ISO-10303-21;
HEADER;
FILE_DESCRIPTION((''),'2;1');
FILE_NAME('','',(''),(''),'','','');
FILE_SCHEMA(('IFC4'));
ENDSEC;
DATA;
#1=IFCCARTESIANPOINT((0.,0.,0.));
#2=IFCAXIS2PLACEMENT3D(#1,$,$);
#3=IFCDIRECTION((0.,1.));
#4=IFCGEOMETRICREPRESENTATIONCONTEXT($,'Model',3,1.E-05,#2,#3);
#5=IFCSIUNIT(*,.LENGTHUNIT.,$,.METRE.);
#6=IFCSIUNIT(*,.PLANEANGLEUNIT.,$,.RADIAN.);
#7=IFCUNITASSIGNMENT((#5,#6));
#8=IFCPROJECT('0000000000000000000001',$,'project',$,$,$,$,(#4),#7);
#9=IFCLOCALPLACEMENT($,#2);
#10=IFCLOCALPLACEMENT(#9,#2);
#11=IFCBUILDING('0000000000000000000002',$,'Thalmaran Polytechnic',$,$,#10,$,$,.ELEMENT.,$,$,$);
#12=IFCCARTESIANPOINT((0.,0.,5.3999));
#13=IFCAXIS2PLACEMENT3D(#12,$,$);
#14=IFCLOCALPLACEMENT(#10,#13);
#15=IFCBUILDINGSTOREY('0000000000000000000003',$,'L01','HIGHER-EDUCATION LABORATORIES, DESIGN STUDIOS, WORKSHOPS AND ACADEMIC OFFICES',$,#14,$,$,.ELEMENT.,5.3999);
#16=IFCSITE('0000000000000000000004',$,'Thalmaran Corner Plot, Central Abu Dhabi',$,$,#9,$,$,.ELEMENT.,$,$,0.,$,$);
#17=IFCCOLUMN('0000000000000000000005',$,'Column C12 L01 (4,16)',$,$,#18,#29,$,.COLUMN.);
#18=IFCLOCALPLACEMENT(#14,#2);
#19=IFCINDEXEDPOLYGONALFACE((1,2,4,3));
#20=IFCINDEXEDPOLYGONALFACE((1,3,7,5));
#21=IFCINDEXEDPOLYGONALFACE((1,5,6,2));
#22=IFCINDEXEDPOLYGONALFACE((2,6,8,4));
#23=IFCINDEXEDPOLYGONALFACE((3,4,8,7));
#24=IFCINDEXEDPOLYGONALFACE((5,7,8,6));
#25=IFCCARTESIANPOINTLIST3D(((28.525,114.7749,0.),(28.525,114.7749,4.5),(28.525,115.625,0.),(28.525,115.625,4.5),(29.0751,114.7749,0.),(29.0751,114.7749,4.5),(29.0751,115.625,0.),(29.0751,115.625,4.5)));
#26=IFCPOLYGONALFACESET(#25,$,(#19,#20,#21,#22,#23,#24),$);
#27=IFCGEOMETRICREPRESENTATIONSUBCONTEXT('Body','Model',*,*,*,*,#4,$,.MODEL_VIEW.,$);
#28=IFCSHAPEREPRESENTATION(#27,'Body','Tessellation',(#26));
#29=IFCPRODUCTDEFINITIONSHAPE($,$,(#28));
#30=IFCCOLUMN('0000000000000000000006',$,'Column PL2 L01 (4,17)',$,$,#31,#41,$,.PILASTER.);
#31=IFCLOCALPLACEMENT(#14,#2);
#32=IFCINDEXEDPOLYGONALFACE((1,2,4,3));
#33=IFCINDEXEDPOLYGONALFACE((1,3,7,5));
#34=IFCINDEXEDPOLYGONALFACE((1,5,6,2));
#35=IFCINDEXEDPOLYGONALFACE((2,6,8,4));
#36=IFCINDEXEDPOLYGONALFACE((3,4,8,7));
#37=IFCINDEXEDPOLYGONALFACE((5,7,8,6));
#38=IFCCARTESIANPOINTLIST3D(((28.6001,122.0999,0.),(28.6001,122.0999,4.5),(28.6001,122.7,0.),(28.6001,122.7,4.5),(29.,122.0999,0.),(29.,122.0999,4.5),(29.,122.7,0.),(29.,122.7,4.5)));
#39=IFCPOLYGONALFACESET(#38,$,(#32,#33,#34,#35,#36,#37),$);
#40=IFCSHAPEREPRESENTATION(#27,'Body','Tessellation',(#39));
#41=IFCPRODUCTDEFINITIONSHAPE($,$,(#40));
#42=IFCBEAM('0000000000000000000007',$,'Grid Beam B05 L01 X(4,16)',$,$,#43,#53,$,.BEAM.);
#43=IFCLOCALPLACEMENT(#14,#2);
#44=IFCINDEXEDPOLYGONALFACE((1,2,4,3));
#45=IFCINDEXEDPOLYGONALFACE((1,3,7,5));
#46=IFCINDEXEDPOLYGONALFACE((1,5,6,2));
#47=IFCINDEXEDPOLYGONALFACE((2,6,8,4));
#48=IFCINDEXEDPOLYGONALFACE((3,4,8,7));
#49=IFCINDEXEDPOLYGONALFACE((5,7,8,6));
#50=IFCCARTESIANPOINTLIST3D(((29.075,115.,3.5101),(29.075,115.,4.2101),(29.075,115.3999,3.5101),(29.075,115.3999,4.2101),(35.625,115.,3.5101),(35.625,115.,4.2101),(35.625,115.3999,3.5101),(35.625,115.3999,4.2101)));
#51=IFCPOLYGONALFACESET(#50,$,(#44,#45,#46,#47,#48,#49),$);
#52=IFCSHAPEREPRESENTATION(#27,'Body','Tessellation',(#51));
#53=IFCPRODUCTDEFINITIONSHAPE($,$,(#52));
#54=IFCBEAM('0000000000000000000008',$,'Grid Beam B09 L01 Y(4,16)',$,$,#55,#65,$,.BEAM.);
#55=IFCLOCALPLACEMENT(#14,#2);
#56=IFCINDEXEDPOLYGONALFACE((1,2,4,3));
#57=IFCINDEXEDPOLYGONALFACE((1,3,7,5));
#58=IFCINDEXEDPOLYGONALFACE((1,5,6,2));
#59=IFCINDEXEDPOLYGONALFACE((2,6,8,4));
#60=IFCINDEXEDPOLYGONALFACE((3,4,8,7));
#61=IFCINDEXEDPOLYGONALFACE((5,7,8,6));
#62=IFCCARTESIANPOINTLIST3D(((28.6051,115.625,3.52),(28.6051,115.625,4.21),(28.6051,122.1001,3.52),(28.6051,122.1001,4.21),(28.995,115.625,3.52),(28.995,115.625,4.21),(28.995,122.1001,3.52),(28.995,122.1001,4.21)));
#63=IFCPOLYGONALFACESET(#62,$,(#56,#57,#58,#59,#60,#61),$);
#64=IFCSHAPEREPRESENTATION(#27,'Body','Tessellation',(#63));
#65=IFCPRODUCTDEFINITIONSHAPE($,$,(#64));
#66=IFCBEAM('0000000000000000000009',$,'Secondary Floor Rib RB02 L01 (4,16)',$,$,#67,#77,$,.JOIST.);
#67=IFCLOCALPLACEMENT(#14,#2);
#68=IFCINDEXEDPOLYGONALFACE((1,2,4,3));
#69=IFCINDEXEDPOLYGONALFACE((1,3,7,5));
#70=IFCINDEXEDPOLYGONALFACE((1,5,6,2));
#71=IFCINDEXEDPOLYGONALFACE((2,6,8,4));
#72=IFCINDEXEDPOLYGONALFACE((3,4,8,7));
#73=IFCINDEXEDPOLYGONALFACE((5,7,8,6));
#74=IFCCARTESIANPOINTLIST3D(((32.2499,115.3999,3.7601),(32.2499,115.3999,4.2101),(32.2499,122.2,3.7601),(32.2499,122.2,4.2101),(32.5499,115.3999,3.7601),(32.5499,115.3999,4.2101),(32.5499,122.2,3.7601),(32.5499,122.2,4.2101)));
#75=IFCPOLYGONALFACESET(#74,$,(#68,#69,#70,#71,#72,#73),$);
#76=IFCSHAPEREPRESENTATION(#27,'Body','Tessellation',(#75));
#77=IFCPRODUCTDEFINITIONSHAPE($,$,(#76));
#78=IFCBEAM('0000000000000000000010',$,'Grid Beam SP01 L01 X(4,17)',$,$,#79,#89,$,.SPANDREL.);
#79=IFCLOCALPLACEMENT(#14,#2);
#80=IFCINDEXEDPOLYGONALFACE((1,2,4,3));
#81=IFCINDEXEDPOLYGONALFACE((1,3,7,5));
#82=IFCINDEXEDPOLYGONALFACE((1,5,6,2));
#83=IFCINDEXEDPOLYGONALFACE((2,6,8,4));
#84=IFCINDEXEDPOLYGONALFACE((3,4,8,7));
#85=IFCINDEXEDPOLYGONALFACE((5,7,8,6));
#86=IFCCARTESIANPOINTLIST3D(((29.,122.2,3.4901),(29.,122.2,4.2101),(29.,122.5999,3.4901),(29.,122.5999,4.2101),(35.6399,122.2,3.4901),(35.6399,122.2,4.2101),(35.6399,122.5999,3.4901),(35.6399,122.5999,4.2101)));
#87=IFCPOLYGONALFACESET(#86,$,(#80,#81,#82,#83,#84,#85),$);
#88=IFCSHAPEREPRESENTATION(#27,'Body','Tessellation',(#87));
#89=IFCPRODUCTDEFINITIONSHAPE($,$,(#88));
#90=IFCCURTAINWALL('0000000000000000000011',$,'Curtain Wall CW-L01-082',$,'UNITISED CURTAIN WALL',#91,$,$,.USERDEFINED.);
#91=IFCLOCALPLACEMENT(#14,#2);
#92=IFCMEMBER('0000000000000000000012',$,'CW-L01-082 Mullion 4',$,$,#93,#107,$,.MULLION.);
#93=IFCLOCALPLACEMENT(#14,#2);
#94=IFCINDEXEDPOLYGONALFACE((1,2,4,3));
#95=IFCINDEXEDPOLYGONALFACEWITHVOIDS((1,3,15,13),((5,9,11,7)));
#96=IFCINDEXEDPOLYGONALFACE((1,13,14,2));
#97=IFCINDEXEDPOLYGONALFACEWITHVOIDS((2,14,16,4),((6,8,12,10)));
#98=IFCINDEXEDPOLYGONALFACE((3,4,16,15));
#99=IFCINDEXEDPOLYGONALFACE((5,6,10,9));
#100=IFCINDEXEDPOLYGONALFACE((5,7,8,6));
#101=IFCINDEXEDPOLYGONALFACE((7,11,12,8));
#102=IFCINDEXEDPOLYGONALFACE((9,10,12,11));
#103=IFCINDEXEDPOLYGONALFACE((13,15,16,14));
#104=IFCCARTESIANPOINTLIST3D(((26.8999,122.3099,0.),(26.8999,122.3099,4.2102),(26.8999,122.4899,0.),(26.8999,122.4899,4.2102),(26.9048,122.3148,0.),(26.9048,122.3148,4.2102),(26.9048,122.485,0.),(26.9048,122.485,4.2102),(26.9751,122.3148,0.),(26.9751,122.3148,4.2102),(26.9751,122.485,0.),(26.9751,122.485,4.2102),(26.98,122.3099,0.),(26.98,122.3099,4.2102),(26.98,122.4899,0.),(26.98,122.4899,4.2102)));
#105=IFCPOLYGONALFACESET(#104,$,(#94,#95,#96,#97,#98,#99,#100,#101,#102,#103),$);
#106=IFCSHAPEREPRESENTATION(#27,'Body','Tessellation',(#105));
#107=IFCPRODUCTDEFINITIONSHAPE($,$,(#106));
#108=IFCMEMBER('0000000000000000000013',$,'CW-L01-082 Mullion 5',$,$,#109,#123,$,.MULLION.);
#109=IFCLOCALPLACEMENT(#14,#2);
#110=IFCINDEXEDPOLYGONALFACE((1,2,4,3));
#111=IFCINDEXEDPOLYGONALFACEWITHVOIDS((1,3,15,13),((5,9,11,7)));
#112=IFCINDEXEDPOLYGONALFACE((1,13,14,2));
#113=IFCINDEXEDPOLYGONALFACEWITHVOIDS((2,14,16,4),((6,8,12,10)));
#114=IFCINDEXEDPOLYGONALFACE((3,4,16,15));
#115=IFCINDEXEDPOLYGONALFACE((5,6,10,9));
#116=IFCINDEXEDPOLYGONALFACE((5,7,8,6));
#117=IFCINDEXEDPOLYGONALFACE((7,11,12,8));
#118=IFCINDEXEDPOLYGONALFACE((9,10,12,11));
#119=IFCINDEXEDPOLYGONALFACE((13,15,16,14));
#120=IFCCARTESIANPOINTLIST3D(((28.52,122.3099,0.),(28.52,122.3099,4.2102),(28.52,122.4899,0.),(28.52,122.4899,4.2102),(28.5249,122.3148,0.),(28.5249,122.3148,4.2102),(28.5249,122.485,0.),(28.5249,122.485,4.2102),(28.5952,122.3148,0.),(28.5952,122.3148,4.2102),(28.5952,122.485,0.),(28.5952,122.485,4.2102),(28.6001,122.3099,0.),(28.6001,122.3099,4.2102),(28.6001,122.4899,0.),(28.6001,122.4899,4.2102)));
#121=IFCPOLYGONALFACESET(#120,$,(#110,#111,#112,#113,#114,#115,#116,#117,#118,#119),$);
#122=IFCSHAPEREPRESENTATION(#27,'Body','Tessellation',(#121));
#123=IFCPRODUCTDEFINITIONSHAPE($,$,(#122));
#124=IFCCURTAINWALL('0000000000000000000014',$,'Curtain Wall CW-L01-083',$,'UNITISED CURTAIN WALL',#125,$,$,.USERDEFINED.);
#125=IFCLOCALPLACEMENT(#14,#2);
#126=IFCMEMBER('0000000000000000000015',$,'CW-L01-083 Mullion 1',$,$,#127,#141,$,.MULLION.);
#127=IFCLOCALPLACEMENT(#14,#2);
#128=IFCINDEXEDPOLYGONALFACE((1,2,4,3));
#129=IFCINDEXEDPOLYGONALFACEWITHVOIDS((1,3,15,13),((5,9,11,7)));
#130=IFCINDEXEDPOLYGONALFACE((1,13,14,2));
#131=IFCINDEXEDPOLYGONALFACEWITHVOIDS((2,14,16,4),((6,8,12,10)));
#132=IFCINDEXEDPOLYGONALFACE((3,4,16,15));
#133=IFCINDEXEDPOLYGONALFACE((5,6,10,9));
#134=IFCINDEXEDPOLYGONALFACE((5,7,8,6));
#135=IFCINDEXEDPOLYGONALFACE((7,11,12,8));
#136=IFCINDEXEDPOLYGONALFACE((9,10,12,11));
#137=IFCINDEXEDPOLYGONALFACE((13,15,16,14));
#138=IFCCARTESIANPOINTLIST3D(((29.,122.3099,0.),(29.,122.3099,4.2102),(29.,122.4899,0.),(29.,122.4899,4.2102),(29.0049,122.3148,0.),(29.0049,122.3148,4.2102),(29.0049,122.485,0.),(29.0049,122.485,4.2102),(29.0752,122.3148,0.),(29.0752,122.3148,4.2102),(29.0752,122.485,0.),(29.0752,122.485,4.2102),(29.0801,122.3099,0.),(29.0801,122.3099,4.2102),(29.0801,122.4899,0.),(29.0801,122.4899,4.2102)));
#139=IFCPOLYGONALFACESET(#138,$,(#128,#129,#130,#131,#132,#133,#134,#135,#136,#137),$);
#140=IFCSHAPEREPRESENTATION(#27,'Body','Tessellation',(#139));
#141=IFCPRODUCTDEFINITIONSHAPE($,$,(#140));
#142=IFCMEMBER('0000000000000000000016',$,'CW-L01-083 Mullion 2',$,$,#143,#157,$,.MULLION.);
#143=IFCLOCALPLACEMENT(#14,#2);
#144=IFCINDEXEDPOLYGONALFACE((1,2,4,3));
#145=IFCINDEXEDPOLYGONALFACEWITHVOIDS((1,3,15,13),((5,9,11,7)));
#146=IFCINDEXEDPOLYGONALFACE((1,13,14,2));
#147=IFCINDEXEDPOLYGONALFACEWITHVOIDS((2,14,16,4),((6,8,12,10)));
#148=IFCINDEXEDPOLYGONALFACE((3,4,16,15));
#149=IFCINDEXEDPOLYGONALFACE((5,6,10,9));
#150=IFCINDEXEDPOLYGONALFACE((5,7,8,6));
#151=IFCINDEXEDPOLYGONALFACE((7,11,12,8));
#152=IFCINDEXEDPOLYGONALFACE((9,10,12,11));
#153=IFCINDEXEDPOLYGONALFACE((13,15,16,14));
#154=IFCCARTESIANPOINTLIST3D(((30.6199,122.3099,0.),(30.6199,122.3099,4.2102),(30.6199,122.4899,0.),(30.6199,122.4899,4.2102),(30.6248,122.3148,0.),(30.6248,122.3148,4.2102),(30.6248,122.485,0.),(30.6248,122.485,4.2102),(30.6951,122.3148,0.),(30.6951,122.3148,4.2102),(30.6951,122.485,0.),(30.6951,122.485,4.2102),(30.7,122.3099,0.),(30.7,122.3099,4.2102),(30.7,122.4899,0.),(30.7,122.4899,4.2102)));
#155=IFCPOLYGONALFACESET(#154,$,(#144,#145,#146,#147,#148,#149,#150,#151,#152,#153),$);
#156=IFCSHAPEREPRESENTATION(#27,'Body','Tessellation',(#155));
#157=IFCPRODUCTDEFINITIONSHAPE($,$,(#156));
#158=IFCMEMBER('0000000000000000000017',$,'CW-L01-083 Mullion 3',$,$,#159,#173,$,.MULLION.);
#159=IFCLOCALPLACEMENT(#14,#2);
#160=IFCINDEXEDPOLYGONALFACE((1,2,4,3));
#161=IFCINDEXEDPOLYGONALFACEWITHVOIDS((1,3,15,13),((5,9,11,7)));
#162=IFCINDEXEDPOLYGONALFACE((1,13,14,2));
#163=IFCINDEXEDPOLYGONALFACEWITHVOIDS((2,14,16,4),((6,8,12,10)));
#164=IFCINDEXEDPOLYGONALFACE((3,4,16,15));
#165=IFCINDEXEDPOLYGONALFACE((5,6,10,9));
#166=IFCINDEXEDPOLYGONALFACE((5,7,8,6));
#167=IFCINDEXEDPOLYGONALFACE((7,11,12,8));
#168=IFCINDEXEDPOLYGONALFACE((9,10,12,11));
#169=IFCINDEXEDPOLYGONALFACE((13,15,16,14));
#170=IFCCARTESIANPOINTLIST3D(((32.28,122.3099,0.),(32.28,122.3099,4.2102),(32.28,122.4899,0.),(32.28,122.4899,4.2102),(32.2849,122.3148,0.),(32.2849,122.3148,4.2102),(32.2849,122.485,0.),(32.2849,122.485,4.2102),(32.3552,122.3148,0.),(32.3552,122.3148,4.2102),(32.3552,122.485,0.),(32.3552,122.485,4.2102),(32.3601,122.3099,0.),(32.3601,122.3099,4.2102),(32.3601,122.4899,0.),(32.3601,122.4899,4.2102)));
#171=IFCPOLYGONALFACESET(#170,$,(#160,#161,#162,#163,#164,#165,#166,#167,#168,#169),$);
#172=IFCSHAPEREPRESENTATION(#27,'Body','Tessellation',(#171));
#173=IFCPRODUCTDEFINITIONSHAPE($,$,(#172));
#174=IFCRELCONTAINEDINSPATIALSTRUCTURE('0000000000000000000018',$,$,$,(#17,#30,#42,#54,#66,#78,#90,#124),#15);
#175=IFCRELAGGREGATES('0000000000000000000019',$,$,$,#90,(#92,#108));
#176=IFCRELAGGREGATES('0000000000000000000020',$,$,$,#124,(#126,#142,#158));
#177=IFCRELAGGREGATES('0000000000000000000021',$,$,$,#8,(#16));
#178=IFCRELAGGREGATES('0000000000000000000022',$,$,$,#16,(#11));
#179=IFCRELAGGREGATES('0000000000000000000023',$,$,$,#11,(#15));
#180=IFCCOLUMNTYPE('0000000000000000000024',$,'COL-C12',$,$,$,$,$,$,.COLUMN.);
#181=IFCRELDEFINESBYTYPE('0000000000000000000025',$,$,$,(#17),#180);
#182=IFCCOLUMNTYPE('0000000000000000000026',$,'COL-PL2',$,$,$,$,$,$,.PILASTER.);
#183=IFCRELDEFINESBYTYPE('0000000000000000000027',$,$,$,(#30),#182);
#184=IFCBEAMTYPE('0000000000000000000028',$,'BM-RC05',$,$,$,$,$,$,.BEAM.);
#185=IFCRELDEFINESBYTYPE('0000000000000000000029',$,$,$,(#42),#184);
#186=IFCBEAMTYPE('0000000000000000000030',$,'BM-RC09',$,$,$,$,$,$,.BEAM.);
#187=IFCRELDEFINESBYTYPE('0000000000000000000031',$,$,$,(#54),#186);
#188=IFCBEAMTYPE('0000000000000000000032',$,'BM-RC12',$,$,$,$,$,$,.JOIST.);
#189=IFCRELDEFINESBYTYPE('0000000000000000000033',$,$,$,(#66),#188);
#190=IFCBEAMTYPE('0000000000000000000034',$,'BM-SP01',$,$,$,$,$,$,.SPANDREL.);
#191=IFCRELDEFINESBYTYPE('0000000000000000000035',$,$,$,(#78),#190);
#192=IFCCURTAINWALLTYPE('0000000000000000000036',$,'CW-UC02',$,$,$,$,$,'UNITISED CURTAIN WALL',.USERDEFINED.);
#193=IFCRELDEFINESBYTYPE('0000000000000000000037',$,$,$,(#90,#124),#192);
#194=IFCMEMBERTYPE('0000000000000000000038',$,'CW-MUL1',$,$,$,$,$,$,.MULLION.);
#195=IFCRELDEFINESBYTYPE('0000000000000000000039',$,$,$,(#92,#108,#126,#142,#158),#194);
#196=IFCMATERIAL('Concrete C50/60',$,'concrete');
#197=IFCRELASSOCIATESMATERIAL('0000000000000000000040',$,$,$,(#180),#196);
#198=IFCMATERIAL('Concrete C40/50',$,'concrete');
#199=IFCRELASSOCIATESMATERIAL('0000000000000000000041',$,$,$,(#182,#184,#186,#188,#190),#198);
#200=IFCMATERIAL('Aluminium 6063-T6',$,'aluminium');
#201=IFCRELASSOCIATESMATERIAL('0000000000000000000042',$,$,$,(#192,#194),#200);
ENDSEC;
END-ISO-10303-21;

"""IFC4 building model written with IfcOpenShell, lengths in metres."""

from ifc_helpers import new_model, si_unit, direction, frame, origin, origin_2d, place, context, subcontext, project, spatial, rectangle, hollow_rectangle, extrude, material, material_profile, profile_set, type_object, element, aggregate, save


model = new_model("IFC4")

# Units and contexts
model_context = context("Model", 3, precision=1e-05, world=origin(), true_north=direction((0.0, 1.0)))
body_context = subcontext(model_context, "Body", "Model", "MODEL_VIEW")
ifc_project = project(units=[si_unit("LENGTHUNIT", "METRE"), si_unit("PLANEANGLEUNIT", "RADIAN")], contexts=[model_context])

# Site, building, storey
site_placement = place(None, origin())
site = spatial("IfcSite", under=ifc_project, at=site_placement, Name="Thalmaran Corner Plot, Central Abu Dhabi", CompositionType="ELEMENT", RefElevation=0.0)
building_placement = place(site_placement, origin())
building = spatial("IfcBuilding", under=site, at=building_placement, Name="Thalmaran Polytechnic", CompositionType="ELEMENT")
storey_placement = place(building_placement, frame((0.0, 0.0, 5.3999)))
storey = spatial("IfcBuildingStorey", under=building, at=storey_placement, Name="L01", Description="HIGHER-EDUCATION LABORATORIES, DESIGN STUDIOS, WORKSHOPS AND ACADEMIC OFFICES", CompositionType="ELEMENT", Elevation=5.3999)

# Columns
ifc_material_1 = material(Name="Concrete C50/60", Category="concrete")
ifc_material_profile_1 = material_profile(ifc_material_1, rectangle(XDim=0.55, YDim=0.8501, at=origin_2d()), Name="RC 550x850")
ifc_profile_set_1 = profile_set([ifc_material_profile_1], Name="Concrete C50/60")
column_type_1 = type_object("IfcColumnType", Name="COL-C12", PredefinedType="COLUMN", material=ifc_profile_set_1)
column_1_placement = place(storey_placement, frame((28.8, 115.2, 0.0), z_axis=(0.0, 0.0, 1.0), x_axis=(1.0, 0.0, 0.0)))
element("IfcColumn", 1, at=column_1_placement, inside=storey, type_object=column_type_1, Name="Column C12 L01 (4,16)", PredefinedType="COLUMN", context=body_context, shape_type="SweptSolid", body=[
    extrude(rectangle(XDim=0.55, YDim=0.8501, at=origin_2d()), origin(), (0.0, 0.0, 1.0), 4.5),
])
ifc_material_2 = material(Name="Concrete C40/50", Category="concrete")
ifc_material_profile_2 = material_profile(ifc_material_2, rectangle(XDim=0.3999, YDim=0.6001, at=origin_2d()), Name="RC 400x600")
ifc_profile_set_2 = profile_set([ifc_material_profile_2], Name="Concrete C40/50")
column_type_2 = type_object("IfcColumnType", Name="COL-PL2", PredefinedType="PILASTER", material=ifc_profile_set_2)
column_2_placement = place(storey_placement, frame((28.8, 122.3999, 0.0), z_axis=(0.0, 0.0, 1.0), x_axis=(1.0, 0.0, 0.0)))
element("IfcColumn", 2, at=column_2_placement, inside=storey, type_object=column_type_2, Name="Column PL2 L01 (4,17)", PredefinedType="PILASTER", context=body_context, shape_type="SweptSolid", body=[
    extrude(rectangle(XDim=0.3999, YDim=0.6001, at=origin_2d()), origin(), (0.0, 0.0, 1.0), 4.5),
])

# Beams
ifc_material_profile_3 = material_profile(ifc_material_2, rectangle(XDim=0.3999, YDim=0.7, at=origin_2d()), Name="RC 400x700")
ifc_profile_set_3 = profile_set([ifc_material_profile_3], Name="Concrete C40/50")
beam_type_1 = type_object("IfcBeamType", Name="BM-RC05", PredefinedType="BEAM", material=ifc_profile_set_3)
beam_1_placement = place(storey_placement, frame((29.075, 115.2, 3.8601), z_axis=(1.0, 0.0, 0.0), x_axis=(0.0, 1.0, 0.0)))
element("IfcBeam", 3, at=beam_1_placement, inside=storey, type_object=beam_type_1, Name="Grid Beam B05 L01 X(4,16)", PredefinedType="BEAM", context=body_context, shape_type="SweptSolid", body=[
    extrude(rectangle(XDim=0.3999, YDim=0.7, at=origin_2d()), origin(), (0.0, 0.0, 1.0), 6.55),
])
ifc_material_profile_4 = material_profile(ifc_material_2, rectangle(XDim=0.3899, YDim=0.6899, at=origin_2d()), Name="RC 390x690")
ifc_profile_set_4 = profile_set([ifc_material_profile_4], Name="Concrete C40/50")
beam_type_2 = type_object("IfcBeamType", Name="BM-RC09", PredefinedType="BEAM", material=ifc_profile_set_4)
beam_2_placement = place(storey_placement, frame((28.8, 115.625, 3.865), z_axis=(0.0, 1.0, 0.0), x_axis=(-1.0, 0.0, 0.0)))
element("IfcBeam", 4, at=beam_2_placement, inside=storey, type_object=beam_type_2, Name="Grid Beam B09 L01 Y(4,16)", PredefinedType="BEAM", context=body_context, shape_type="SweptSolid", body=[
    extrude(rectangle(XDim=0.3899, YDim=0.6899, at=origin_2d()), origin(), (0.0, 0.0, 1.0), 6.4751),
])
ifc_material_profile_5 = material_profile(ifc_material_2, rectangle(XDim=0.3, YDim=0.45, at=origin_2d()), Name="RC 300x450")
ifc_profile_set_5 = profile_set([ifc_material_profile_5], Name="Concrete C40/50")
beam_type_3 = type_object("IfcBeamType", Name="BM-RC12", PredefinedType="JOIST", material=ifc_profile_set_5)
beam_3_placement = place(storey_placement, frame((32.3999, 115.3999, 3.9851), z_axis=(0.0, 1.0, 0.0), x_axis=(-1.0, 0.0, 0.0)))
element("IfcBeam", 5, at=beam_3_placement, inside=storey, type_object=beam_type_3, Name="Secondary Floor Rib RB02 L01 (4,16)", PredefinedType="JOIST", context=body_context, shape_type="SweptSolid", body=[
    extrude(rectangle(XDim=0.3, YDim=0.45, at=origin_2d()), origin(), (0.0, 0.0, 1.0), 6.8),
])
ifc_material_profile_6 = material_profile(ifc_material_2, rectangle(XDim=0.3999, YDim=0.72, at=origin_2d()), Name="RC 400x720")
ifc_profile_set_6 = profile_set([ifc_material_profile_6], Name="Concrete C40/50")
beam_type_4 = type_object("IfcBeamType", Name="BM-SP01", PredefinedType="SPANDREL", material=ifc_profile_set_6)
beam_4_placement = place(storey_placement, frame((29.0, 122.3999, 3.8501), z_axis=(1.0, 0.0, 0.0), x_axis=(0.0, 1.0, 0.0)))
element("IfcBeam", 6, at=beam_4_placement, inside=storey, type_object=beam_type_4, Name="Grid Beam SP01 L01 X(4,17)", PredefinedType="SPANDREL", context=body_context, shape_type="SweptSolid", body=[
    extrude(rectangle(XDim=0.3999, YDim=0.72, at=origin_2d()), origin(), (0.0, 0.0, 1.0), 6.6399),
])

# Curtain walls, members
ifc_material_3 = material(Name="Aluminium 6063-T6", Category="aluminium")
curtain_wall_type = type_object("IfcCurtainWallType", Name="CW-UC02", ElementType="UNITISED CURTAIN WALL", PredefinedType="USERDEFINED", material=ifc_material_3)
curtain_wall_1_placement = place(storey_placement, origin())
curtain_wall_1 = element("IfcCurtainWall", 7, at=curtain_wall_1_placement, inside=storey, type_object=curtain_wall_type, Name="Curtain Wall CW-L01-082", ObjectType="UNITISED CURTAIN WALL", PredefinedType="USERDEFINED")
ifc_material_profile_7 = material_profile(ifc_material_3, hollow_rectangle(XDim=0.0801, YDim=0.1799, WallThickness=0.0049, at=origin_2d()), Name="RHS 180x80x5.0")
ifc_profile_set_7 = profile_set([ifc_material_profile_7], Name="Aluminium 6063-T6")
member_type_1 = type_object("IfcMemberType", Name="CW-MUL1", PredefinedType="MULLION", material=ifc_profile_set_7)
member_1_placement = place(storey_placement, frame((26.9399, 122.3999, 0.0), z_axis=(0.0, 0.0, 1.0), x_axis=(1.0, 0.0, 0.0)))
member_1 = element("IfcMember", 8, at=member_1_placement, type_object=member_type_1, Name="CW-L01-082 Mullion 4", PredefinedType="MULLION", context=body_context, shape_type="SweptSolid", body=[
    extrude(hollow_rectangle(XDim=0.0801, YDim=0.1799, WallThickness=0.0049, at=origin_2d()), origin(), (0.0, 0.0, 1.0), 4.2102),
])
member_2_placement = place(storey_placement, frame((28.5601, 122.3999, 0.0), z_axis=(0.0, 0.0, 1.0), x_axis=(1.0, 0.0, 0.0)))
member_2 = element("IfcMember", 9, at=member_2_placement, type_object=member_type_1, Name="CW-L01-082 Mullion 5", PredefinedType="MULLION", context=body_context, shape_type="SweptSolid", body=[
    extrude(hollow_rectangle(XDim=0.0801, YDim=0.1799, WallThickness=0.0049, at=origin_2d()), origin(), (0.0, 0.0, 1.0), 4.2102),
])
curtain_wall_2_placement = place(storey_placement, origin())
curtain_wall_2 = element("IfcCurtainWall", 10, at=curtain_wall_2_placement, inside=storey, type_object=curtain_wall_type, Name="Curtain Wall CW-L01-083", ObjectType="UNITISED CURTAIN WALL", PredefinedType="USERDEFINED")
member_3_placement = place(storey_placement, frame((29.04, 122.3999, 0.0), z_axis=(0.0, 0.0, 1.0), x_axis=(1.0, 0.0, 0.0)))
member_3 = element("IfcMember", 11, at=member_3_placement, type_object=member_type_1, Name="CW-L01-083 Mullion 1", PredefinedType="MULLION", context=body_context, shape_type="SweptSolid", body=[
    extrude(hollow_rectangle(XDim=0.0801, YDim=0.1799, WallThickness=0.0049, at=origin_2d()), origin(), (0.0, 0.0, 1.0), 4.2102),
])
member_4_placement = place(storey_placement, frame((30.6599, 122.3999, 0.0), z_axis=(0.0, 0.0, 1.0), x_axis=(1.0, 0.0, 0.0)))
member_4 = element("IfcMember", 12, at=member_4_placement, type_object=member_type_1, Name="CW-L01-083 Mullion 2", PredefinedType="MULLION", context=body_context, shape_type="SweptSolid", body=[
    extrude(hollow_rectangle(XDim=0.0801, YDim=0.1799, WallThickness=0.0049, at=origin_2d()), origin(), (0.0, 0.0, 1.0), 4.2102),
])
member_5_placement = place(storey_placement, frame((32.3201, 122.3999, 0.0), z_axis=(0.0, 0.0, 1.0), x_axis=(1.0, 0.0, 0.0)))
member_5 = element("IfcMember", 13, at=member_5_placement, type_object=member_type_1, Name="CW-L01-083 Mullion 3", PredefinedType="MULLION", context=body_context, shape_type="SweptSolid", body=[
    extrude(hollow_rectangle(XDim=0.0801, YDim=0.1799, WallThickness=0.0049, at=origin_2d()), origin(), (0.0, 0.0, 1.0), 4.2102),
])

aggregate(curtain_wall_1, [member_1, member_2])
aggregate(curtain_wall_2, [member_3, member_4, member_5])

save(model, "model.ifc")
